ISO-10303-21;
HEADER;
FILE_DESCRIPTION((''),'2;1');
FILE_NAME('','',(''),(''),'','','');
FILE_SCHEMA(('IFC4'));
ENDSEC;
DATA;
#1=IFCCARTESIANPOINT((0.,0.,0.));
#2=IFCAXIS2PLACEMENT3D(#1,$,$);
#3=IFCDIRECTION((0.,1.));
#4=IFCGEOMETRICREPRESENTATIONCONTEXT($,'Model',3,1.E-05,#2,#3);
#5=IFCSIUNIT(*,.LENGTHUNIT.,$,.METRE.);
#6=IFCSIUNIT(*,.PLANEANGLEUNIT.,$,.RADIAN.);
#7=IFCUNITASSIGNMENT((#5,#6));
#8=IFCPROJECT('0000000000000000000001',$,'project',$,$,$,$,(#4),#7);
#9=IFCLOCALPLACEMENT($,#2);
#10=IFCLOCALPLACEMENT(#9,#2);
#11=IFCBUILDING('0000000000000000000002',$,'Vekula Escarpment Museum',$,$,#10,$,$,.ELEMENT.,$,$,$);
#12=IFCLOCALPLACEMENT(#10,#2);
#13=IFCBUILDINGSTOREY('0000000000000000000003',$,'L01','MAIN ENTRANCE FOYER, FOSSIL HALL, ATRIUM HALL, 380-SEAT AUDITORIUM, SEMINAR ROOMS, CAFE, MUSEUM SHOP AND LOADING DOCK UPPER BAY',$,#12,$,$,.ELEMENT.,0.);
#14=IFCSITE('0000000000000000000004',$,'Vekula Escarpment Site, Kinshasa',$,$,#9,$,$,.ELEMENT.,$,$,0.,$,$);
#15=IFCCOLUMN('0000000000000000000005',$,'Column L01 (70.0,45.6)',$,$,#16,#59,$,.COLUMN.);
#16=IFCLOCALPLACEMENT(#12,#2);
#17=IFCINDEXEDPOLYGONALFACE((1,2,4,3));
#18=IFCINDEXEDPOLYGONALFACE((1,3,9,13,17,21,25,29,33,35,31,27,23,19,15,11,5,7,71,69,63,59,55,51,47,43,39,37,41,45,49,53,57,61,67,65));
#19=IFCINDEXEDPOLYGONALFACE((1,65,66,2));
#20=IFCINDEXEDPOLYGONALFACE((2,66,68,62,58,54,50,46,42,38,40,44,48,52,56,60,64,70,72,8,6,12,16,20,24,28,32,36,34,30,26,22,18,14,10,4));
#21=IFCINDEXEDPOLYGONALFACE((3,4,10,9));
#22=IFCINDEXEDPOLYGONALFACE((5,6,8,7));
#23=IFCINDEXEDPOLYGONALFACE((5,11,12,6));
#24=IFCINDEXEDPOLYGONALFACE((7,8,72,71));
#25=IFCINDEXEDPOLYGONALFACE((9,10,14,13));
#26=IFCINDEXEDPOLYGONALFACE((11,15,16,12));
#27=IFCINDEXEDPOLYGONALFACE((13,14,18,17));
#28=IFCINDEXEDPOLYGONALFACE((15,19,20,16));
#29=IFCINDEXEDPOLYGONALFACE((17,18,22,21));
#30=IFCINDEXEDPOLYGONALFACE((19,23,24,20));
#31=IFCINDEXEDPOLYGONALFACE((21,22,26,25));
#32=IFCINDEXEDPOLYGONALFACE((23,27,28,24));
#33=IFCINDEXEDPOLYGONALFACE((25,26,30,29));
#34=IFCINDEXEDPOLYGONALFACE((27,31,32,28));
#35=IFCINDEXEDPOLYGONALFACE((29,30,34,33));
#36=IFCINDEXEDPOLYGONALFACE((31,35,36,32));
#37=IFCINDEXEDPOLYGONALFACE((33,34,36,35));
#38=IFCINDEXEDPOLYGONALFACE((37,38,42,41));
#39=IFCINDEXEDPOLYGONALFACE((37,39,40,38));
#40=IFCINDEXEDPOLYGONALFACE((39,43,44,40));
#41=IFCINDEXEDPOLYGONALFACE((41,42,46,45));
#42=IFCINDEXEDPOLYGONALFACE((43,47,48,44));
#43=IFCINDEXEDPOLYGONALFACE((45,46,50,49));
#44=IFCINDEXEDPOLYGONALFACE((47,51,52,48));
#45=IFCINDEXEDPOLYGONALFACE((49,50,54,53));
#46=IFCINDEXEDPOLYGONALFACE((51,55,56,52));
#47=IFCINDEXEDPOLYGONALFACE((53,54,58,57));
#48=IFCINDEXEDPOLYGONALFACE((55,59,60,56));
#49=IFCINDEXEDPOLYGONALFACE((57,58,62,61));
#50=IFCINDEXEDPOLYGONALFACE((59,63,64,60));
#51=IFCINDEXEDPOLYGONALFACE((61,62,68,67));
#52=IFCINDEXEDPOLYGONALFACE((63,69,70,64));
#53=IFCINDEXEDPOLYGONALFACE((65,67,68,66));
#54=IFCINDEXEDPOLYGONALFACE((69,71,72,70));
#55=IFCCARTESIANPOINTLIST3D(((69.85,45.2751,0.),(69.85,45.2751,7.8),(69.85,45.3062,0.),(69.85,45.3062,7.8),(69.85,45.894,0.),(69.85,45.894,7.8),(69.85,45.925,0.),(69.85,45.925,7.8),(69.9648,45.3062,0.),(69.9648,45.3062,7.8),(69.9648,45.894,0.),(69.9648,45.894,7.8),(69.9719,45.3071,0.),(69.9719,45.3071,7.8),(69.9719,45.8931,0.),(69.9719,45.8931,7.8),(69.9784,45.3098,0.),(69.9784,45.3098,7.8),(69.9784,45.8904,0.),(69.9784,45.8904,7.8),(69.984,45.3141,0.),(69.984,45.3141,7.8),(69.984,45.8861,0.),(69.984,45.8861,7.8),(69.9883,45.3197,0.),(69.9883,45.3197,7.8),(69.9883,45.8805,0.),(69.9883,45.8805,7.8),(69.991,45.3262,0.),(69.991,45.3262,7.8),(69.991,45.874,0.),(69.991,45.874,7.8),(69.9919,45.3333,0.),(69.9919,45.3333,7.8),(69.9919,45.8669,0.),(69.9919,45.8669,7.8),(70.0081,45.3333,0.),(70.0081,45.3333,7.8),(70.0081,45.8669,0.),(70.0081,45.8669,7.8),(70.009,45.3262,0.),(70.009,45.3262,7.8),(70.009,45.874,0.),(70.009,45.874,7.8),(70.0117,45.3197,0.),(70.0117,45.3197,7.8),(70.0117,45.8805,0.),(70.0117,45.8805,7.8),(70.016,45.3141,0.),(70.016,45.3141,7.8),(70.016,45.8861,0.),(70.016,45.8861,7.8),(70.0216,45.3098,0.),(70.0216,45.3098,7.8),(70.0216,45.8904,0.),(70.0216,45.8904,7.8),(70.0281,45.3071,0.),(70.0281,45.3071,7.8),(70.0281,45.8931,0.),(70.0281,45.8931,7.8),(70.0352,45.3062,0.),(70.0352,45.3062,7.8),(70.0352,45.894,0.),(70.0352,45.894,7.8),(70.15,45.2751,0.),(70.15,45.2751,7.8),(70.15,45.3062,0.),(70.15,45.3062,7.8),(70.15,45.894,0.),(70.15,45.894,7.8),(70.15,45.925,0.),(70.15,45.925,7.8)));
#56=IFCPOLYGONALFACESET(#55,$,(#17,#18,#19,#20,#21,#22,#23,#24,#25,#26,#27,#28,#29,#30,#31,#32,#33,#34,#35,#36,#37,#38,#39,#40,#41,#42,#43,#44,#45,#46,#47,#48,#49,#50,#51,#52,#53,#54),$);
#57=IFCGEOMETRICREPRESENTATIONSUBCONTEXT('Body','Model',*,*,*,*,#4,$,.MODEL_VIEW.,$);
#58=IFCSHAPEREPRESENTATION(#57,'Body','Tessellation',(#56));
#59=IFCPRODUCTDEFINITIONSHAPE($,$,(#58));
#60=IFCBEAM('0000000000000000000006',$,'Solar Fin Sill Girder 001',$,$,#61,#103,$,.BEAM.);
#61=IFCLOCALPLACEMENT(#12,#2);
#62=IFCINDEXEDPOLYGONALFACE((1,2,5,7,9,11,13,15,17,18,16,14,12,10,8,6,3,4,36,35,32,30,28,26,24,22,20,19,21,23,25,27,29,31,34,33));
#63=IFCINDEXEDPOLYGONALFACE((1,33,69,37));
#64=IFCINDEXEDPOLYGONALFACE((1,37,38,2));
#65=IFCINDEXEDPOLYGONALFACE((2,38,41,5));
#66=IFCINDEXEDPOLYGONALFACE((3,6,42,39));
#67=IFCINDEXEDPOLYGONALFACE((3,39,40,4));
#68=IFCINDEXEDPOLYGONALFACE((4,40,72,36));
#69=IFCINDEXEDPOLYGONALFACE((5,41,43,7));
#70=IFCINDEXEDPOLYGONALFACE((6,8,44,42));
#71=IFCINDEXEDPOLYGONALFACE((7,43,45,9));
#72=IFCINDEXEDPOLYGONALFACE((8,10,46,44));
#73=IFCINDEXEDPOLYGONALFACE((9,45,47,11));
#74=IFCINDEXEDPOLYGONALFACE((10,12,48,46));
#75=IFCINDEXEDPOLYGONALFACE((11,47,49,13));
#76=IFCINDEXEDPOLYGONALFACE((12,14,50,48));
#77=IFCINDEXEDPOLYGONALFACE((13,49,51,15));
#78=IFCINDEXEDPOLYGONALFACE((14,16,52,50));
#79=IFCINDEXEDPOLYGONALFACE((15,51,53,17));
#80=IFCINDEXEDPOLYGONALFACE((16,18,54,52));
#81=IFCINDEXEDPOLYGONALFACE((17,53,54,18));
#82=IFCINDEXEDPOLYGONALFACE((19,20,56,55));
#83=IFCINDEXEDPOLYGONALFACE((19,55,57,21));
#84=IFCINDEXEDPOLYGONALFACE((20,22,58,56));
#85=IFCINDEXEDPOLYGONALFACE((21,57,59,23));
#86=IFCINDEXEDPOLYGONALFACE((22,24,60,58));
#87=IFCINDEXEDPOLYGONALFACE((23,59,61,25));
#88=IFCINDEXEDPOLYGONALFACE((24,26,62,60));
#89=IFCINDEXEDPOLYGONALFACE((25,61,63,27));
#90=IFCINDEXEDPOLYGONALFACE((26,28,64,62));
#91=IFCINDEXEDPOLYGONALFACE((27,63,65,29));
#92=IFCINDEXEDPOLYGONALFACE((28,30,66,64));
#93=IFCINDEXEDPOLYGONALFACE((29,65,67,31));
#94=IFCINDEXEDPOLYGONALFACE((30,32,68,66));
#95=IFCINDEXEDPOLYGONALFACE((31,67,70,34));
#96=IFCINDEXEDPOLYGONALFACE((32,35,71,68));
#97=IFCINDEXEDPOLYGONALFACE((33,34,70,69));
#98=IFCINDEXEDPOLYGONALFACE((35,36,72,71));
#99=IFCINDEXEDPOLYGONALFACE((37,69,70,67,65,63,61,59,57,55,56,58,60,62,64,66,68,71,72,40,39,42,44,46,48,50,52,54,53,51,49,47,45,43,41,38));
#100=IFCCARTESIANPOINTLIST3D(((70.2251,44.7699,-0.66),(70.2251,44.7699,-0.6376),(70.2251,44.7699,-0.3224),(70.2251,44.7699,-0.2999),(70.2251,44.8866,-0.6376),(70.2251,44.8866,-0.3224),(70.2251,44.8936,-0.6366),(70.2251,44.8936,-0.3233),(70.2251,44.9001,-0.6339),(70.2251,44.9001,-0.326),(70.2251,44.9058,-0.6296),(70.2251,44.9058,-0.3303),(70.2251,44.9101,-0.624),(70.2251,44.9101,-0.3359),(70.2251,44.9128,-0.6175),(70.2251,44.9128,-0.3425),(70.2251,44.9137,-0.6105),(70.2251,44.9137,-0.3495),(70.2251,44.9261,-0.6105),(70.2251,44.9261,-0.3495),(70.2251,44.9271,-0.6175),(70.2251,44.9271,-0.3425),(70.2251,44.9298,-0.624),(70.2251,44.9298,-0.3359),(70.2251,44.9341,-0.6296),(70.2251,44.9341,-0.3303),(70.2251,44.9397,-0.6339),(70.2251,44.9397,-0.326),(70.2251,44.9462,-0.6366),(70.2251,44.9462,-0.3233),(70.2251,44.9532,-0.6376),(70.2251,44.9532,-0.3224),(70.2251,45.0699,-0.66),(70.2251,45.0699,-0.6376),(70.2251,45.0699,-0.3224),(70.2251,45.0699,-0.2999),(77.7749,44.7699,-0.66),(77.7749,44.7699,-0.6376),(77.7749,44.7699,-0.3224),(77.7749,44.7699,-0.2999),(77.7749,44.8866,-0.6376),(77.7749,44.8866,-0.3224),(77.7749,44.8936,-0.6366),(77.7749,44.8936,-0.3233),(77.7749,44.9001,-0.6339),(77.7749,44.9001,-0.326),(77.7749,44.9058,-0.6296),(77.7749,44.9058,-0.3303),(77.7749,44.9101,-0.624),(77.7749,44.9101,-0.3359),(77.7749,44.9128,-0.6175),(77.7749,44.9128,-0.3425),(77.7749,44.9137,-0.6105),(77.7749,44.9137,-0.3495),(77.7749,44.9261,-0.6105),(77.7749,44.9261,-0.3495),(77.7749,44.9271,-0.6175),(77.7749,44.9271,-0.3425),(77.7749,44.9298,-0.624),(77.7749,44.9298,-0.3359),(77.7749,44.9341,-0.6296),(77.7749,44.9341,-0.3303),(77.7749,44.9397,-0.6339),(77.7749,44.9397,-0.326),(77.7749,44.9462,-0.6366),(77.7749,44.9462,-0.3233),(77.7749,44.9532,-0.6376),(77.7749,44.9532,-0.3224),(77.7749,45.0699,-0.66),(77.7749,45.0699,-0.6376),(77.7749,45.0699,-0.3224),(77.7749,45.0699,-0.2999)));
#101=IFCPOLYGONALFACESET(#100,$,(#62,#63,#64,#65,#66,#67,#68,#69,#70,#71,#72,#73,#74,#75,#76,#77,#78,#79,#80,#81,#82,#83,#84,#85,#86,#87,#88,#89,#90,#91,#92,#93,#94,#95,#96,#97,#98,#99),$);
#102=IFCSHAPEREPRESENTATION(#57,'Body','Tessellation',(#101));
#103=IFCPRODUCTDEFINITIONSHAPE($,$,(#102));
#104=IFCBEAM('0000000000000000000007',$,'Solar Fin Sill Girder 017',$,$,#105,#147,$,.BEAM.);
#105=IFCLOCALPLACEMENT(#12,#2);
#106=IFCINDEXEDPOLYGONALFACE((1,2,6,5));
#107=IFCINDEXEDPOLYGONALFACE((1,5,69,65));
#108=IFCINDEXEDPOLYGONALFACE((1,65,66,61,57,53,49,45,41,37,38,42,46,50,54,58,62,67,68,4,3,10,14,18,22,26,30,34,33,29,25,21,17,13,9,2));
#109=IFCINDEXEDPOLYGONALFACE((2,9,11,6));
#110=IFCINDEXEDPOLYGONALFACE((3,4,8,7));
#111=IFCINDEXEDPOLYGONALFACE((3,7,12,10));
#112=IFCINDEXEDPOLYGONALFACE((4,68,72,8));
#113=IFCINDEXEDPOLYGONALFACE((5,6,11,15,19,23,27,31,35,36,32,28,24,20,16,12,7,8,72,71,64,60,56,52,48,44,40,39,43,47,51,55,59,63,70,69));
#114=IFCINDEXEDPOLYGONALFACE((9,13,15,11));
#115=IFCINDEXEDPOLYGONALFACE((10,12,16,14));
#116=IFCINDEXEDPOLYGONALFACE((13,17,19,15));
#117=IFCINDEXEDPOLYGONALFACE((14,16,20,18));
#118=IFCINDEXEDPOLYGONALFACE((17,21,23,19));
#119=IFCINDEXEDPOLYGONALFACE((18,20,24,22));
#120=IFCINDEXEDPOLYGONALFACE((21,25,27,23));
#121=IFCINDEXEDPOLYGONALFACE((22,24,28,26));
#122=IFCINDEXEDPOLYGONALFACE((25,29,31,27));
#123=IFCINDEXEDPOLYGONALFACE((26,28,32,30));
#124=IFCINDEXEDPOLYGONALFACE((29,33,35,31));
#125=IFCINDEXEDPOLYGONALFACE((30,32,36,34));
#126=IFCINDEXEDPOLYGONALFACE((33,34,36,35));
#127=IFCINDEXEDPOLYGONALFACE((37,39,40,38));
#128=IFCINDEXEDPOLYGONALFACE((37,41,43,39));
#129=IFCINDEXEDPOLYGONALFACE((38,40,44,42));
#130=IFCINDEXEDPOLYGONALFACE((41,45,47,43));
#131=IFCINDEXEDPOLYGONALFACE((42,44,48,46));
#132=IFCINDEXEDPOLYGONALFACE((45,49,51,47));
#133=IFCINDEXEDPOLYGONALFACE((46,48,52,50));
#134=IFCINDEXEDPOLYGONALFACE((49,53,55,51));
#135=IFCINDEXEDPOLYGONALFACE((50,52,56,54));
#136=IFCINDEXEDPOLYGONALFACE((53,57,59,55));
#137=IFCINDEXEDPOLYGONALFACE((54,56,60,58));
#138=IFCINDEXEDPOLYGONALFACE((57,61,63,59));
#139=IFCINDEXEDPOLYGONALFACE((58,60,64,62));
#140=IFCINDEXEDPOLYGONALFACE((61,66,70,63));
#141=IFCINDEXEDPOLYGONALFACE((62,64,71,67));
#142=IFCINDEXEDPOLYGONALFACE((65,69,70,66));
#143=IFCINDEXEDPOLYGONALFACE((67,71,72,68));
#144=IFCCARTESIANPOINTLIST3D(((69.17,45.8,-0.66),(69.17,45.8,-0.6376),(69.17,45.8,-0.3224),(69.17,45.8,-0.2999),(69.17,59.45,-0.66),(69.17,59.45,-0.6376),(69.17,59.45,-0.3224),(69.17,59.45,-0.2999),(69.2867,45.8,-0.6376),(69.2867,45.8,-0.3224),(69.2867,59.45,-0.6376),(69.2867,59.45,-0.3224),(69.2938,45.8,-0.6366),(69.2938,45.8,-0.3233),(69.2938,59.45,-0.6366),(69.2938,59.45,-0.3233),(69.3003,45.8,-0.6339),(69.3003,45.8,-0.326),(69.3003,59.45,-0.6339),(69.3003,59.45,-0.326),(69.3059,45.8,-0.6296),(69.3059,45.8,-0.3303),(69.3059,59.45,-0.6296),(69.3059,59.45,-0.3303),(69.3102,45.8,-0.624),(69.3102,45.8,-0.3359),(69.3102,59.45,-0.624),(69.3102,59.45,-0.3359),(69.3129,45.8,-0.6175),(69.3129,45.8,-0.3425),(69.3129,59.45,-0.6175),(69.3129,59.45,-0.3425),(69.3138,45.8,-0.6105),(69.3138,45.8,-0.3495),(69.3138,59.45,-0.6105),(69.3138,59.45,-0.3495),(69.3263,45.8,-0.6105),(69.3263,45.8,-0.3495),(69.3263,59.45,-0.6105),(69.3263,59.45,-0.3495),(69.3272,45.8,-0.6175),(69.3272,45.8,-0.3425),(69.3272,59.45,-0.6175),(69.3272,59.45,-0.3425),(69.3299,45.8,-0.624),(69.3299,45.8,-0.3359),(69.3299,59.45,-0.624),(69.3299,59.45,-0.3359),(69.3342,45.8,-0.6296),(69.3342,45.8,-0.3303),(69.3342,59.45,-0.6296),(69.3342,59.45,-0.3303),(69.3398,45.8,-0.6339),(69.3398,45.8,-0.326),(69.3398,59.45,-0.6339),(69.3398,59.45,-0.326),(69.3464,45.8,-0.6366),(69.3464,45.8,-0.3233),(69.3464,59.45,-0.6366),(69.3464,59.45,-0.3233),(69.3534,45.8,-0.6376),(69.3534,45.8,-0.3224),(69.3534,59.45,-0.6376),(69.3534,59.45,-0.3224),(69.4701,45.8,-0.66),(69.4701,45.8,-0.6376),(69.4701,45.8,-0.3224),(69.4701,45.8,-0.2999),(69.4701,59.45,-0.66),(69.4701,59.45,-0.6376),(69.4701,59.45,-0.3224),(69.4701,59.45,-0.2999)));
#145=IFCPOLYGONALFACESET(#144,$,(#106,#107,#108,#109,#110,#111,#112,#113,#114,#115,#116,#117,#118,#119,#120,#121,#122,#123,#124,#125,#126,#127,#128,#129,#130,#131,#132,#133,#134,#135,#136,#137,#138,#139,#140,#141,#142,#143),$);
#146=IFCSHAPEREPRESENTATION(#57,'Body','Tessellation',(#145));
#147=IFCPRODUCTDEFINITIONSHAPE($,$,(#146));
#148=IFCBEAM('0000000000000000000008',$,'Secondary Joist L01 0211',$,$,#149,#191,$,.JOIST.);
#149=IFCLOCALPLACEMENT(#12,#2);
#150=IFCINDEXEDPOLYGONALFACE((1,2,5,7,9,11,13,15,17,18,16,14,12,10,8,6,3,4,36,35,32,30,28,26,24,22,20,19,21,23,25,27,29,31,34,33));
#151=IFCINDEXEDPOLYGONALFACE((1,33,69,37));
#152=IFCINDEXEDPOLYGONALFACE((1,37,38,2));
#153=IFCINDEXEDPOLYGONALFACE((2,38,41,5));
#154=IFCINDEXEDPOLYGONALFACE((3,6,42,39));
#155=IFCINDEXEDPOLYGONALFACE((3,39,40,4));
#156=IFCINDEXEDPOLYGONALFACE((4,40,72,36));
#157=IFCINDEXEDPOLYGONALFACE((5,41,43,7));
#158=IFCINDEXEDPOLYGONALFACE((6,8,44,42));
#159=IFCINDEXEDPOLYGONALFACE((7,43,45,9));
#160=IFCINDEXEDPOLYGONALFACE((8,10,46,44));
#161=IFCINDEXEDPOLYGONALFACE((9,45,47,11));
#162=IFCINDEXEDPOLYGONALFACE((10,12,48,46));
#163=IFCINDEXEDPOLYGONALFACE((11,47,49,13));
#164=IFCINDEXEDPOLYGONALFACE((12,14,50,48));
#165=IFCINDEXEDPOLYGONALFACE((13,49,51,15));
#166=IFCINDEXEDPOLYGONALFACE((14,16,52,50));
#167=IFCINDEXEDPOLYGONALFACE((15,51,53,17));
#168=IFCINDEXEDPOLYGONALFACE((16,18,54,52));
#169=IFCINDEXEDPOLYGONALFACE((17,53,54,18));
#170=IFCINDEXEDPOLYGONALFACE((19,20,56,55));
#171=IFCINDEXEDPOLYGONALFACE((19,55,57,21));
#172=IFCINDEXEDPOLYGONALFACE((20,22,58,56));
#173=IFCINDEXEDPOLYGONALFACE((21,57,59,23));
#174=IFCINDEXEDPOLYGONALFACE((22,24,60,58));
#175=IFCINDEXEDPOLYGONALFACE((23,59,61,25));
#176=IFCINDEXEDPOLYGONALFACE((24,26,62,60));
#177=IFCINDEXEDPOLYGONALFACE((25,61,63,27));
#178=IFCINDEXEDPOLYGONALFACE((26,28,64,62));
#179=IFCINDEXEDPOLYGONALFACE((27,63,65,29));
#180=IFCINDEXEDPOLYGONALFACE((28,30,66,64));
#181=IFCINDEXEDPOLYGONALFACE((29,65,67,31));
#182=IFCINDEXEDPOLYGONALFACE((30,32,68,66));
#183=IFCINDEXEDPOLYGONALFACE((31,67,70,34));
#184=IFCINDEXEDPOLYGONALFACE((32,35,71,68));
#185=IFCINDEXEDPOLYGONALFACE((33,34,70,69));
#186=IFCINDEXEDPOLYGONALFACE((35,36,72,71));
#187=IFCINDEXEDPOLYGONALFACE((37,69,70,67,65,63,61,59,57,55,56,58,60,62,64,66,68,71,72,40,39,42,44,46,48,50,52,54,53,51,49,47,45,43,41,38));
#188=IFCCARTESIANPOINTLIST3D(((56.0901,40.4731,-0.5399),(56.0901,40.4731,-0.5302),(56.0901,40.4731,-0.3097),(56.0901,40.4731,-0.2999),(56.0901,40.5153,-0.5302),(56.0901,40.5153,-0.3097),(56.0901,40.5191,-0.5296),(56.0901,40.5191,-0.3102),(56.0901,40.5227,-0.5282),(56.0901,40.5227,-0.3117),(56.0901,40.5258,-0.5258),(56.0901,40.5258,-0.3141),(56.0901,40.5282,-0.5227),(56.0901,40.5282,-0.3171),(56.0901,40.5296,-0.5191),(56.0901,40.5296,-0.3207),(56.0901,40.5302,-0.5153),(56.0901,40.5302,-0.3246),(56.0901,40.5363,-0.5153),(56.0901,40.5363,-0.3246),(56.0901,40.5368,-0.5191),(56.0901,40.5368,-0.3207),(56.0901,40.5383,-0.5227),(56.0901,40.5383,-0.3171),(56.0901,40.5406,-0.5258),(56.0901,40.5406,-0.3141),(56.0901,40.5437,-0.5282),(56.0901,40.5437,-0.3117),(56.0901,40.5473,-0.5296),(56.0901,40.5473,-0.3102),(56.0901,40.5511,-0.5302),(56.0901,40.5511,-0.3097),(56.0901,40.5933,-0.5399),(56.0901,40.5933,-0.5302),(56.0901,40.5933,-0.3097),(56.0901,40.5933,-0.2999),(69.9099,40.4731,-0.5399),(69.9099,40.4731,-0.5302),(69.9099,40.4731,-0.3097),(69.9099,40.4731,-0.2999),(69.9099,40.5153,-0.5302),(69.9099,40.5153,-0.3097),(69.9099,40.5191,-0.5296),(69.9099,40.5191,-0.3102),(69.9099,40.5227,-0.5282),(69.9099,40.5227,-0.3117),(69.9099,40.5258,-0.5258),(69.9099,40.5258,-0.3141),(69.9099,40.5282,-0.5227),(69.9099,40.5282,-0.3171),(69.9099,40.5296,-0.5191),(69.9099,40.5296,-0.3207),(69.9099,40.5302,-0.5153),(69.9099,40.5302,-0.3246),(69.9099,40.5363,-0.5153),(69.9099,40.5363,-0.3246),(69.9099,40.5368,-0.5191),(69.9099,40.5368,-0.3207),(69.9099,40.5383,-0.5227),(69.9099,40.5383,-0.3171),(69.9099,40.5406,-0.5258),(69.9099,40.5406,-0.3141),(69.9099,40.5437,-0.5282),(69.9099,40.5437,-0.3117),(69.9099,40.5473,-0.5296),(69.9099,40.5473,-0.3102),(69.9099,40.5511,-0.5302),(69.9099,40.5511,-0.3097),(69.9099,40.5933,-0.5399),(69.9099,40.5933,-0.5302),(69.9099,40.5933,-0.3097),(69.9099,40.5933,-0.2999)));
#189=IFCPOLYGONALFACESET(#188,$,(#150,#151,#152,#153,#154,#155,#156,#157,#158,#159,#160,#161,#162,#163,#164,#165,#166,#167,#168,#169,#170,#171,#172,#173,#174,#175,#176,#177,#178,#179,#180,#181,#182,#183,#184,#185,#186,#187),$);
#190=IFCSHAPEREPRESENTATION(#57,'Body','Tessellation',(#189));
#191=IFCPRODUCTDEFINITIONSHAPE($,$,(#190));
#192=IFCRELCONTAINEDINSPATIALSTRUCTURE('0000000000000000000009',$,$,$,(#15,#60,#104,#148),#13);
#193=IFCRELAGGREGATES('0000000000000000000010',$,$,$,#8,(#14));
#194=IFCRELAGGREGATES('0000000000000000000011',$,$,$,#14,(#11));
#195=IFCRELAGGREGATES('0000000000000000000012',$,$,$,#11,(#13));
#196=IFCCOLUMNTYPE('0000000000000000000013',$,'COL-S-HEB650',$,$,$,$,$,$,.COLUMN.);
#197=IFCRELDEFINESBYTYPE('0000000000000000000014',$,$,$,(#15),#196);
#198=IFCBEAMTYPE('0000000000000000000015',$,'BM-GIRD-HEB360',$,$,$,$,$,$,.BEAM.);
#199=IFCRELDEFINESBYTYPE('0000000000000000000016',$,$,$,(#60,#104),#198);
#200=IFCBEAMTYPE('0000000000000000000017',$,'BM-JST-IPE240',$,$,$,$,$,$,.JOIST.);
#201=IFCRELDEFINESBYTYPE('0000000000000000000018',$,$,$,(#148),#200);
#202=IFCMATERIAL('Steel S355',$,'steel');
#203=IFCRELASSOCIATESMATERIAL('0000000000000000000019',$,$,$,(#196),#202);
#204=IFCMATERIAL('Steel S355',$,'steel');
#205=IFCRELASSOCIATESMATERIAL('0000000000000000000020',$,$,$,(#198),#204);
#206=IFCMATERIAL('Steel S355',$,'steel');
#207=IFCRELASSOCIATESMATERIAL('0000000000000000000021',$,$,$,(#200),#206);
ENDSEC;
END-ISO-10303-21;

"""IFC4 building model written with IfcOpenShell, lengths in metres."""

from ifc_helpers import new_model, si_unit, direction, frame, origin, origin_2d, place, context, subcontext, project, spatial, i_section, extrude, material, material_profile, profile_set, type_object, element, save


model = new_model("IFC4")

# Units and contexts
model_context = context("Model", 3, precision=1e-05, world=origin(), true_north=direction((0.0, 1.0)))
body_context = subcontext(model_context, "Body", "Model", "MODEL_VIEW")
ifc_project = project(units=[si_unit("LENGTHUNIT", "METRE"), si_unit("PLANEANGLEUNIT", "RADIAN")], contexts=[model_context])

# Site, building, storey
site_placement = place(None, origin())
site = spatial("IfcSite", under=ifc_project, at=site_placement, Name="Vekula Escarpment Site, Kinshasa", CompositionType="ELEMENT", RefElevation=0.0)
building_placement = place(site_placement, origin())
building = spatial("IfcBuilding", under=site, at=building_placement, Name="Vekula Escarpment Museum", CompositionType="ELEMENT")
storey_placement = place(building_placement, origin())
storey = spatial("IfcBuildingStorey", under=building, at=storey_placement, Name="L01", Description="MAIN ENTRANCE FOYER, FOSSIL HALL, ATRIUM HALL, 380-SEAT AUDITORIUM, SEMINAR ROOMS, CAFE, MUSEUM SHOP AND LOADING DOCK UPPER BAY", CompositionType="ELEMENT", Elevation=0.0)

# Column
ifc_material_1 = material(Name="Steel S355", Category="steel")
ifc_material_profile_1 = material_profile(ifc_material_1, i_section(OverallWidth=0.3, OverallDepth=0.6499, WebThickness=0.0161, FlangeThickness=0.031, FilletRadius=0.0271, at=origin_2d()), Name="HEB 650")
ifc_profile_set_1 = profile_set([ifc_material_profile_1], Name="Steel S355")
column_type = type_object("IfcColumnType", Name="COL-S-HEB650", PredefinedType="COLUMN", material=ifc_profile_set_1)
column_placement = place(storey_placement, frame((70.0, 45.6001, 0.0), z_axis=(0.0, 0.0, 1.0), x_axis=(1.0, 0.0, 0.0)))
element("IfcColumn", 1, at=column_placement, inside=storey, type_object=column_type, Name="Column L01 (70.0,45.6)", PredefinedType="COLUMN", context=body_context, shape_type="SweptSolid", body=[
    extrude(i_section(OverallWidth=0.3, OverallDepth=0.6499, WebThickness=0.0161, FlangeThickness=0.031, FilletRadius=0.0271, at=origin_2d()), origin(), (0.0, 0.0, 1.0), 7.8),
])

# Beams
ifc_material_2 = material(Name="Steel S355", Category="steel")
ifc_material_profile_2 = material_profile(ifc_material_2, i_section(OverallWidth=0.3, OverallDepth=0.3601, WebThickness=0.0125, FlangeThickness=0.0225, FilletRadius=0.0271, at=origin_2d()), Name="HEB 360")
ifc_profile_set_2 = profile_set([ifc_material_profile_2], Name="Steel S355")
beam_type_1 = type_object("IfcBeamType", Name="BM-GIRD-HEB360", PredefinedType="BEAM", material=ifc_profile_set_2)
beam_1_placement = place(storey_placement, frame((70.2251, 44.9199, -0.48), z_axis=(1.0, 0.0, 0.0), x_axis=(0.0, 1.0, 0.0)))
element("IfcBeam", 2, at=beam_1_placement, inside=storey, type_object=beam_type_1, Name="Solar Fin Sill Girder 001", PredefinedType="BEAM", context=body_context, shape_type="SweptSolid", body=[
    extrude(i_section(OverallWidth=0.3, OverallDepth=0.3601, WebThickness=0.0125, FlangeThickness=0.0225, FilletRadius=0.0271, at=origin_2d()), origin(), (0.0, 0.0, 1.0), 7.5498),
])
beam_2_placement = place(storey_placement, frame((69.3201, 45.8, -0.48), z_axis=(0.0, 1.0, 0.0), x_axis=(-1.0, 0.0, 0.0)))
element("IfcBeam", 3, at=beam_2_placement, inside=storey, type_object=beam_type_1, Name="Solar Fin Sill Girder 017", PredefinedType="BEAM", context=body_context, shape_type="SweptSolid", body=[
    extrude(i_section(OverallWidth=0.3, OverallDepth=0.3601, WebThickness=0.0125, FlangeThickness=0.0225, FilletRadius=0.0271, at=origin_2d()), origin(), (0.0, 0.0, 1.0), 13.6499),
])
ifc_material_3 = material(Name="Steel S355", Category="steel")
ifc_material_profile_3 = material_profile(ifc_material_3, i_section(OverallWidth=0.1201, OverallDepth=0.24, WebThickness=0.0061, FlangeThickness=0.0098, FilletRadius=0.0149, at=origin_2d()), Name="IPE 240")
ifc_profile_set_3 = profile_set([ifc_material_profile_3], Name="Steel S355")
beam_type_2 = type_object("IfcBeamType", Name="BM-JST-IPE240", PredefinedType="JOIST", material=ifc_profile_set_3)
for number, where, z_axis, x_axis, name in (
    (4, (56.0901, 40.5332, -0.4199), (1.0, 0.0, 0.0), (0.0, 1.0, 0.0), "Secondary Joist L01 0211"),
):
    element("IfcBeam", number, at=place(storey_placement, frame(where, z_axis=z_axis, x_axis=x_axis)), inside=storey, type_object=beam_type_2, Name=name, PredefinedType="JOIST", context=body_context, shape_type="SweptSolid", body=[
        extrude(i_section(OverallWidth=0.1201, OverallDepth=0.24, WebThickness=0.0061, FlangeThickness=0.0098, FilletRadius=0.0149, at=origin_2d()), origin(), (0.0, 0.0, 1.0), 13.8198),
    ])

save(model, "model.ifc")
